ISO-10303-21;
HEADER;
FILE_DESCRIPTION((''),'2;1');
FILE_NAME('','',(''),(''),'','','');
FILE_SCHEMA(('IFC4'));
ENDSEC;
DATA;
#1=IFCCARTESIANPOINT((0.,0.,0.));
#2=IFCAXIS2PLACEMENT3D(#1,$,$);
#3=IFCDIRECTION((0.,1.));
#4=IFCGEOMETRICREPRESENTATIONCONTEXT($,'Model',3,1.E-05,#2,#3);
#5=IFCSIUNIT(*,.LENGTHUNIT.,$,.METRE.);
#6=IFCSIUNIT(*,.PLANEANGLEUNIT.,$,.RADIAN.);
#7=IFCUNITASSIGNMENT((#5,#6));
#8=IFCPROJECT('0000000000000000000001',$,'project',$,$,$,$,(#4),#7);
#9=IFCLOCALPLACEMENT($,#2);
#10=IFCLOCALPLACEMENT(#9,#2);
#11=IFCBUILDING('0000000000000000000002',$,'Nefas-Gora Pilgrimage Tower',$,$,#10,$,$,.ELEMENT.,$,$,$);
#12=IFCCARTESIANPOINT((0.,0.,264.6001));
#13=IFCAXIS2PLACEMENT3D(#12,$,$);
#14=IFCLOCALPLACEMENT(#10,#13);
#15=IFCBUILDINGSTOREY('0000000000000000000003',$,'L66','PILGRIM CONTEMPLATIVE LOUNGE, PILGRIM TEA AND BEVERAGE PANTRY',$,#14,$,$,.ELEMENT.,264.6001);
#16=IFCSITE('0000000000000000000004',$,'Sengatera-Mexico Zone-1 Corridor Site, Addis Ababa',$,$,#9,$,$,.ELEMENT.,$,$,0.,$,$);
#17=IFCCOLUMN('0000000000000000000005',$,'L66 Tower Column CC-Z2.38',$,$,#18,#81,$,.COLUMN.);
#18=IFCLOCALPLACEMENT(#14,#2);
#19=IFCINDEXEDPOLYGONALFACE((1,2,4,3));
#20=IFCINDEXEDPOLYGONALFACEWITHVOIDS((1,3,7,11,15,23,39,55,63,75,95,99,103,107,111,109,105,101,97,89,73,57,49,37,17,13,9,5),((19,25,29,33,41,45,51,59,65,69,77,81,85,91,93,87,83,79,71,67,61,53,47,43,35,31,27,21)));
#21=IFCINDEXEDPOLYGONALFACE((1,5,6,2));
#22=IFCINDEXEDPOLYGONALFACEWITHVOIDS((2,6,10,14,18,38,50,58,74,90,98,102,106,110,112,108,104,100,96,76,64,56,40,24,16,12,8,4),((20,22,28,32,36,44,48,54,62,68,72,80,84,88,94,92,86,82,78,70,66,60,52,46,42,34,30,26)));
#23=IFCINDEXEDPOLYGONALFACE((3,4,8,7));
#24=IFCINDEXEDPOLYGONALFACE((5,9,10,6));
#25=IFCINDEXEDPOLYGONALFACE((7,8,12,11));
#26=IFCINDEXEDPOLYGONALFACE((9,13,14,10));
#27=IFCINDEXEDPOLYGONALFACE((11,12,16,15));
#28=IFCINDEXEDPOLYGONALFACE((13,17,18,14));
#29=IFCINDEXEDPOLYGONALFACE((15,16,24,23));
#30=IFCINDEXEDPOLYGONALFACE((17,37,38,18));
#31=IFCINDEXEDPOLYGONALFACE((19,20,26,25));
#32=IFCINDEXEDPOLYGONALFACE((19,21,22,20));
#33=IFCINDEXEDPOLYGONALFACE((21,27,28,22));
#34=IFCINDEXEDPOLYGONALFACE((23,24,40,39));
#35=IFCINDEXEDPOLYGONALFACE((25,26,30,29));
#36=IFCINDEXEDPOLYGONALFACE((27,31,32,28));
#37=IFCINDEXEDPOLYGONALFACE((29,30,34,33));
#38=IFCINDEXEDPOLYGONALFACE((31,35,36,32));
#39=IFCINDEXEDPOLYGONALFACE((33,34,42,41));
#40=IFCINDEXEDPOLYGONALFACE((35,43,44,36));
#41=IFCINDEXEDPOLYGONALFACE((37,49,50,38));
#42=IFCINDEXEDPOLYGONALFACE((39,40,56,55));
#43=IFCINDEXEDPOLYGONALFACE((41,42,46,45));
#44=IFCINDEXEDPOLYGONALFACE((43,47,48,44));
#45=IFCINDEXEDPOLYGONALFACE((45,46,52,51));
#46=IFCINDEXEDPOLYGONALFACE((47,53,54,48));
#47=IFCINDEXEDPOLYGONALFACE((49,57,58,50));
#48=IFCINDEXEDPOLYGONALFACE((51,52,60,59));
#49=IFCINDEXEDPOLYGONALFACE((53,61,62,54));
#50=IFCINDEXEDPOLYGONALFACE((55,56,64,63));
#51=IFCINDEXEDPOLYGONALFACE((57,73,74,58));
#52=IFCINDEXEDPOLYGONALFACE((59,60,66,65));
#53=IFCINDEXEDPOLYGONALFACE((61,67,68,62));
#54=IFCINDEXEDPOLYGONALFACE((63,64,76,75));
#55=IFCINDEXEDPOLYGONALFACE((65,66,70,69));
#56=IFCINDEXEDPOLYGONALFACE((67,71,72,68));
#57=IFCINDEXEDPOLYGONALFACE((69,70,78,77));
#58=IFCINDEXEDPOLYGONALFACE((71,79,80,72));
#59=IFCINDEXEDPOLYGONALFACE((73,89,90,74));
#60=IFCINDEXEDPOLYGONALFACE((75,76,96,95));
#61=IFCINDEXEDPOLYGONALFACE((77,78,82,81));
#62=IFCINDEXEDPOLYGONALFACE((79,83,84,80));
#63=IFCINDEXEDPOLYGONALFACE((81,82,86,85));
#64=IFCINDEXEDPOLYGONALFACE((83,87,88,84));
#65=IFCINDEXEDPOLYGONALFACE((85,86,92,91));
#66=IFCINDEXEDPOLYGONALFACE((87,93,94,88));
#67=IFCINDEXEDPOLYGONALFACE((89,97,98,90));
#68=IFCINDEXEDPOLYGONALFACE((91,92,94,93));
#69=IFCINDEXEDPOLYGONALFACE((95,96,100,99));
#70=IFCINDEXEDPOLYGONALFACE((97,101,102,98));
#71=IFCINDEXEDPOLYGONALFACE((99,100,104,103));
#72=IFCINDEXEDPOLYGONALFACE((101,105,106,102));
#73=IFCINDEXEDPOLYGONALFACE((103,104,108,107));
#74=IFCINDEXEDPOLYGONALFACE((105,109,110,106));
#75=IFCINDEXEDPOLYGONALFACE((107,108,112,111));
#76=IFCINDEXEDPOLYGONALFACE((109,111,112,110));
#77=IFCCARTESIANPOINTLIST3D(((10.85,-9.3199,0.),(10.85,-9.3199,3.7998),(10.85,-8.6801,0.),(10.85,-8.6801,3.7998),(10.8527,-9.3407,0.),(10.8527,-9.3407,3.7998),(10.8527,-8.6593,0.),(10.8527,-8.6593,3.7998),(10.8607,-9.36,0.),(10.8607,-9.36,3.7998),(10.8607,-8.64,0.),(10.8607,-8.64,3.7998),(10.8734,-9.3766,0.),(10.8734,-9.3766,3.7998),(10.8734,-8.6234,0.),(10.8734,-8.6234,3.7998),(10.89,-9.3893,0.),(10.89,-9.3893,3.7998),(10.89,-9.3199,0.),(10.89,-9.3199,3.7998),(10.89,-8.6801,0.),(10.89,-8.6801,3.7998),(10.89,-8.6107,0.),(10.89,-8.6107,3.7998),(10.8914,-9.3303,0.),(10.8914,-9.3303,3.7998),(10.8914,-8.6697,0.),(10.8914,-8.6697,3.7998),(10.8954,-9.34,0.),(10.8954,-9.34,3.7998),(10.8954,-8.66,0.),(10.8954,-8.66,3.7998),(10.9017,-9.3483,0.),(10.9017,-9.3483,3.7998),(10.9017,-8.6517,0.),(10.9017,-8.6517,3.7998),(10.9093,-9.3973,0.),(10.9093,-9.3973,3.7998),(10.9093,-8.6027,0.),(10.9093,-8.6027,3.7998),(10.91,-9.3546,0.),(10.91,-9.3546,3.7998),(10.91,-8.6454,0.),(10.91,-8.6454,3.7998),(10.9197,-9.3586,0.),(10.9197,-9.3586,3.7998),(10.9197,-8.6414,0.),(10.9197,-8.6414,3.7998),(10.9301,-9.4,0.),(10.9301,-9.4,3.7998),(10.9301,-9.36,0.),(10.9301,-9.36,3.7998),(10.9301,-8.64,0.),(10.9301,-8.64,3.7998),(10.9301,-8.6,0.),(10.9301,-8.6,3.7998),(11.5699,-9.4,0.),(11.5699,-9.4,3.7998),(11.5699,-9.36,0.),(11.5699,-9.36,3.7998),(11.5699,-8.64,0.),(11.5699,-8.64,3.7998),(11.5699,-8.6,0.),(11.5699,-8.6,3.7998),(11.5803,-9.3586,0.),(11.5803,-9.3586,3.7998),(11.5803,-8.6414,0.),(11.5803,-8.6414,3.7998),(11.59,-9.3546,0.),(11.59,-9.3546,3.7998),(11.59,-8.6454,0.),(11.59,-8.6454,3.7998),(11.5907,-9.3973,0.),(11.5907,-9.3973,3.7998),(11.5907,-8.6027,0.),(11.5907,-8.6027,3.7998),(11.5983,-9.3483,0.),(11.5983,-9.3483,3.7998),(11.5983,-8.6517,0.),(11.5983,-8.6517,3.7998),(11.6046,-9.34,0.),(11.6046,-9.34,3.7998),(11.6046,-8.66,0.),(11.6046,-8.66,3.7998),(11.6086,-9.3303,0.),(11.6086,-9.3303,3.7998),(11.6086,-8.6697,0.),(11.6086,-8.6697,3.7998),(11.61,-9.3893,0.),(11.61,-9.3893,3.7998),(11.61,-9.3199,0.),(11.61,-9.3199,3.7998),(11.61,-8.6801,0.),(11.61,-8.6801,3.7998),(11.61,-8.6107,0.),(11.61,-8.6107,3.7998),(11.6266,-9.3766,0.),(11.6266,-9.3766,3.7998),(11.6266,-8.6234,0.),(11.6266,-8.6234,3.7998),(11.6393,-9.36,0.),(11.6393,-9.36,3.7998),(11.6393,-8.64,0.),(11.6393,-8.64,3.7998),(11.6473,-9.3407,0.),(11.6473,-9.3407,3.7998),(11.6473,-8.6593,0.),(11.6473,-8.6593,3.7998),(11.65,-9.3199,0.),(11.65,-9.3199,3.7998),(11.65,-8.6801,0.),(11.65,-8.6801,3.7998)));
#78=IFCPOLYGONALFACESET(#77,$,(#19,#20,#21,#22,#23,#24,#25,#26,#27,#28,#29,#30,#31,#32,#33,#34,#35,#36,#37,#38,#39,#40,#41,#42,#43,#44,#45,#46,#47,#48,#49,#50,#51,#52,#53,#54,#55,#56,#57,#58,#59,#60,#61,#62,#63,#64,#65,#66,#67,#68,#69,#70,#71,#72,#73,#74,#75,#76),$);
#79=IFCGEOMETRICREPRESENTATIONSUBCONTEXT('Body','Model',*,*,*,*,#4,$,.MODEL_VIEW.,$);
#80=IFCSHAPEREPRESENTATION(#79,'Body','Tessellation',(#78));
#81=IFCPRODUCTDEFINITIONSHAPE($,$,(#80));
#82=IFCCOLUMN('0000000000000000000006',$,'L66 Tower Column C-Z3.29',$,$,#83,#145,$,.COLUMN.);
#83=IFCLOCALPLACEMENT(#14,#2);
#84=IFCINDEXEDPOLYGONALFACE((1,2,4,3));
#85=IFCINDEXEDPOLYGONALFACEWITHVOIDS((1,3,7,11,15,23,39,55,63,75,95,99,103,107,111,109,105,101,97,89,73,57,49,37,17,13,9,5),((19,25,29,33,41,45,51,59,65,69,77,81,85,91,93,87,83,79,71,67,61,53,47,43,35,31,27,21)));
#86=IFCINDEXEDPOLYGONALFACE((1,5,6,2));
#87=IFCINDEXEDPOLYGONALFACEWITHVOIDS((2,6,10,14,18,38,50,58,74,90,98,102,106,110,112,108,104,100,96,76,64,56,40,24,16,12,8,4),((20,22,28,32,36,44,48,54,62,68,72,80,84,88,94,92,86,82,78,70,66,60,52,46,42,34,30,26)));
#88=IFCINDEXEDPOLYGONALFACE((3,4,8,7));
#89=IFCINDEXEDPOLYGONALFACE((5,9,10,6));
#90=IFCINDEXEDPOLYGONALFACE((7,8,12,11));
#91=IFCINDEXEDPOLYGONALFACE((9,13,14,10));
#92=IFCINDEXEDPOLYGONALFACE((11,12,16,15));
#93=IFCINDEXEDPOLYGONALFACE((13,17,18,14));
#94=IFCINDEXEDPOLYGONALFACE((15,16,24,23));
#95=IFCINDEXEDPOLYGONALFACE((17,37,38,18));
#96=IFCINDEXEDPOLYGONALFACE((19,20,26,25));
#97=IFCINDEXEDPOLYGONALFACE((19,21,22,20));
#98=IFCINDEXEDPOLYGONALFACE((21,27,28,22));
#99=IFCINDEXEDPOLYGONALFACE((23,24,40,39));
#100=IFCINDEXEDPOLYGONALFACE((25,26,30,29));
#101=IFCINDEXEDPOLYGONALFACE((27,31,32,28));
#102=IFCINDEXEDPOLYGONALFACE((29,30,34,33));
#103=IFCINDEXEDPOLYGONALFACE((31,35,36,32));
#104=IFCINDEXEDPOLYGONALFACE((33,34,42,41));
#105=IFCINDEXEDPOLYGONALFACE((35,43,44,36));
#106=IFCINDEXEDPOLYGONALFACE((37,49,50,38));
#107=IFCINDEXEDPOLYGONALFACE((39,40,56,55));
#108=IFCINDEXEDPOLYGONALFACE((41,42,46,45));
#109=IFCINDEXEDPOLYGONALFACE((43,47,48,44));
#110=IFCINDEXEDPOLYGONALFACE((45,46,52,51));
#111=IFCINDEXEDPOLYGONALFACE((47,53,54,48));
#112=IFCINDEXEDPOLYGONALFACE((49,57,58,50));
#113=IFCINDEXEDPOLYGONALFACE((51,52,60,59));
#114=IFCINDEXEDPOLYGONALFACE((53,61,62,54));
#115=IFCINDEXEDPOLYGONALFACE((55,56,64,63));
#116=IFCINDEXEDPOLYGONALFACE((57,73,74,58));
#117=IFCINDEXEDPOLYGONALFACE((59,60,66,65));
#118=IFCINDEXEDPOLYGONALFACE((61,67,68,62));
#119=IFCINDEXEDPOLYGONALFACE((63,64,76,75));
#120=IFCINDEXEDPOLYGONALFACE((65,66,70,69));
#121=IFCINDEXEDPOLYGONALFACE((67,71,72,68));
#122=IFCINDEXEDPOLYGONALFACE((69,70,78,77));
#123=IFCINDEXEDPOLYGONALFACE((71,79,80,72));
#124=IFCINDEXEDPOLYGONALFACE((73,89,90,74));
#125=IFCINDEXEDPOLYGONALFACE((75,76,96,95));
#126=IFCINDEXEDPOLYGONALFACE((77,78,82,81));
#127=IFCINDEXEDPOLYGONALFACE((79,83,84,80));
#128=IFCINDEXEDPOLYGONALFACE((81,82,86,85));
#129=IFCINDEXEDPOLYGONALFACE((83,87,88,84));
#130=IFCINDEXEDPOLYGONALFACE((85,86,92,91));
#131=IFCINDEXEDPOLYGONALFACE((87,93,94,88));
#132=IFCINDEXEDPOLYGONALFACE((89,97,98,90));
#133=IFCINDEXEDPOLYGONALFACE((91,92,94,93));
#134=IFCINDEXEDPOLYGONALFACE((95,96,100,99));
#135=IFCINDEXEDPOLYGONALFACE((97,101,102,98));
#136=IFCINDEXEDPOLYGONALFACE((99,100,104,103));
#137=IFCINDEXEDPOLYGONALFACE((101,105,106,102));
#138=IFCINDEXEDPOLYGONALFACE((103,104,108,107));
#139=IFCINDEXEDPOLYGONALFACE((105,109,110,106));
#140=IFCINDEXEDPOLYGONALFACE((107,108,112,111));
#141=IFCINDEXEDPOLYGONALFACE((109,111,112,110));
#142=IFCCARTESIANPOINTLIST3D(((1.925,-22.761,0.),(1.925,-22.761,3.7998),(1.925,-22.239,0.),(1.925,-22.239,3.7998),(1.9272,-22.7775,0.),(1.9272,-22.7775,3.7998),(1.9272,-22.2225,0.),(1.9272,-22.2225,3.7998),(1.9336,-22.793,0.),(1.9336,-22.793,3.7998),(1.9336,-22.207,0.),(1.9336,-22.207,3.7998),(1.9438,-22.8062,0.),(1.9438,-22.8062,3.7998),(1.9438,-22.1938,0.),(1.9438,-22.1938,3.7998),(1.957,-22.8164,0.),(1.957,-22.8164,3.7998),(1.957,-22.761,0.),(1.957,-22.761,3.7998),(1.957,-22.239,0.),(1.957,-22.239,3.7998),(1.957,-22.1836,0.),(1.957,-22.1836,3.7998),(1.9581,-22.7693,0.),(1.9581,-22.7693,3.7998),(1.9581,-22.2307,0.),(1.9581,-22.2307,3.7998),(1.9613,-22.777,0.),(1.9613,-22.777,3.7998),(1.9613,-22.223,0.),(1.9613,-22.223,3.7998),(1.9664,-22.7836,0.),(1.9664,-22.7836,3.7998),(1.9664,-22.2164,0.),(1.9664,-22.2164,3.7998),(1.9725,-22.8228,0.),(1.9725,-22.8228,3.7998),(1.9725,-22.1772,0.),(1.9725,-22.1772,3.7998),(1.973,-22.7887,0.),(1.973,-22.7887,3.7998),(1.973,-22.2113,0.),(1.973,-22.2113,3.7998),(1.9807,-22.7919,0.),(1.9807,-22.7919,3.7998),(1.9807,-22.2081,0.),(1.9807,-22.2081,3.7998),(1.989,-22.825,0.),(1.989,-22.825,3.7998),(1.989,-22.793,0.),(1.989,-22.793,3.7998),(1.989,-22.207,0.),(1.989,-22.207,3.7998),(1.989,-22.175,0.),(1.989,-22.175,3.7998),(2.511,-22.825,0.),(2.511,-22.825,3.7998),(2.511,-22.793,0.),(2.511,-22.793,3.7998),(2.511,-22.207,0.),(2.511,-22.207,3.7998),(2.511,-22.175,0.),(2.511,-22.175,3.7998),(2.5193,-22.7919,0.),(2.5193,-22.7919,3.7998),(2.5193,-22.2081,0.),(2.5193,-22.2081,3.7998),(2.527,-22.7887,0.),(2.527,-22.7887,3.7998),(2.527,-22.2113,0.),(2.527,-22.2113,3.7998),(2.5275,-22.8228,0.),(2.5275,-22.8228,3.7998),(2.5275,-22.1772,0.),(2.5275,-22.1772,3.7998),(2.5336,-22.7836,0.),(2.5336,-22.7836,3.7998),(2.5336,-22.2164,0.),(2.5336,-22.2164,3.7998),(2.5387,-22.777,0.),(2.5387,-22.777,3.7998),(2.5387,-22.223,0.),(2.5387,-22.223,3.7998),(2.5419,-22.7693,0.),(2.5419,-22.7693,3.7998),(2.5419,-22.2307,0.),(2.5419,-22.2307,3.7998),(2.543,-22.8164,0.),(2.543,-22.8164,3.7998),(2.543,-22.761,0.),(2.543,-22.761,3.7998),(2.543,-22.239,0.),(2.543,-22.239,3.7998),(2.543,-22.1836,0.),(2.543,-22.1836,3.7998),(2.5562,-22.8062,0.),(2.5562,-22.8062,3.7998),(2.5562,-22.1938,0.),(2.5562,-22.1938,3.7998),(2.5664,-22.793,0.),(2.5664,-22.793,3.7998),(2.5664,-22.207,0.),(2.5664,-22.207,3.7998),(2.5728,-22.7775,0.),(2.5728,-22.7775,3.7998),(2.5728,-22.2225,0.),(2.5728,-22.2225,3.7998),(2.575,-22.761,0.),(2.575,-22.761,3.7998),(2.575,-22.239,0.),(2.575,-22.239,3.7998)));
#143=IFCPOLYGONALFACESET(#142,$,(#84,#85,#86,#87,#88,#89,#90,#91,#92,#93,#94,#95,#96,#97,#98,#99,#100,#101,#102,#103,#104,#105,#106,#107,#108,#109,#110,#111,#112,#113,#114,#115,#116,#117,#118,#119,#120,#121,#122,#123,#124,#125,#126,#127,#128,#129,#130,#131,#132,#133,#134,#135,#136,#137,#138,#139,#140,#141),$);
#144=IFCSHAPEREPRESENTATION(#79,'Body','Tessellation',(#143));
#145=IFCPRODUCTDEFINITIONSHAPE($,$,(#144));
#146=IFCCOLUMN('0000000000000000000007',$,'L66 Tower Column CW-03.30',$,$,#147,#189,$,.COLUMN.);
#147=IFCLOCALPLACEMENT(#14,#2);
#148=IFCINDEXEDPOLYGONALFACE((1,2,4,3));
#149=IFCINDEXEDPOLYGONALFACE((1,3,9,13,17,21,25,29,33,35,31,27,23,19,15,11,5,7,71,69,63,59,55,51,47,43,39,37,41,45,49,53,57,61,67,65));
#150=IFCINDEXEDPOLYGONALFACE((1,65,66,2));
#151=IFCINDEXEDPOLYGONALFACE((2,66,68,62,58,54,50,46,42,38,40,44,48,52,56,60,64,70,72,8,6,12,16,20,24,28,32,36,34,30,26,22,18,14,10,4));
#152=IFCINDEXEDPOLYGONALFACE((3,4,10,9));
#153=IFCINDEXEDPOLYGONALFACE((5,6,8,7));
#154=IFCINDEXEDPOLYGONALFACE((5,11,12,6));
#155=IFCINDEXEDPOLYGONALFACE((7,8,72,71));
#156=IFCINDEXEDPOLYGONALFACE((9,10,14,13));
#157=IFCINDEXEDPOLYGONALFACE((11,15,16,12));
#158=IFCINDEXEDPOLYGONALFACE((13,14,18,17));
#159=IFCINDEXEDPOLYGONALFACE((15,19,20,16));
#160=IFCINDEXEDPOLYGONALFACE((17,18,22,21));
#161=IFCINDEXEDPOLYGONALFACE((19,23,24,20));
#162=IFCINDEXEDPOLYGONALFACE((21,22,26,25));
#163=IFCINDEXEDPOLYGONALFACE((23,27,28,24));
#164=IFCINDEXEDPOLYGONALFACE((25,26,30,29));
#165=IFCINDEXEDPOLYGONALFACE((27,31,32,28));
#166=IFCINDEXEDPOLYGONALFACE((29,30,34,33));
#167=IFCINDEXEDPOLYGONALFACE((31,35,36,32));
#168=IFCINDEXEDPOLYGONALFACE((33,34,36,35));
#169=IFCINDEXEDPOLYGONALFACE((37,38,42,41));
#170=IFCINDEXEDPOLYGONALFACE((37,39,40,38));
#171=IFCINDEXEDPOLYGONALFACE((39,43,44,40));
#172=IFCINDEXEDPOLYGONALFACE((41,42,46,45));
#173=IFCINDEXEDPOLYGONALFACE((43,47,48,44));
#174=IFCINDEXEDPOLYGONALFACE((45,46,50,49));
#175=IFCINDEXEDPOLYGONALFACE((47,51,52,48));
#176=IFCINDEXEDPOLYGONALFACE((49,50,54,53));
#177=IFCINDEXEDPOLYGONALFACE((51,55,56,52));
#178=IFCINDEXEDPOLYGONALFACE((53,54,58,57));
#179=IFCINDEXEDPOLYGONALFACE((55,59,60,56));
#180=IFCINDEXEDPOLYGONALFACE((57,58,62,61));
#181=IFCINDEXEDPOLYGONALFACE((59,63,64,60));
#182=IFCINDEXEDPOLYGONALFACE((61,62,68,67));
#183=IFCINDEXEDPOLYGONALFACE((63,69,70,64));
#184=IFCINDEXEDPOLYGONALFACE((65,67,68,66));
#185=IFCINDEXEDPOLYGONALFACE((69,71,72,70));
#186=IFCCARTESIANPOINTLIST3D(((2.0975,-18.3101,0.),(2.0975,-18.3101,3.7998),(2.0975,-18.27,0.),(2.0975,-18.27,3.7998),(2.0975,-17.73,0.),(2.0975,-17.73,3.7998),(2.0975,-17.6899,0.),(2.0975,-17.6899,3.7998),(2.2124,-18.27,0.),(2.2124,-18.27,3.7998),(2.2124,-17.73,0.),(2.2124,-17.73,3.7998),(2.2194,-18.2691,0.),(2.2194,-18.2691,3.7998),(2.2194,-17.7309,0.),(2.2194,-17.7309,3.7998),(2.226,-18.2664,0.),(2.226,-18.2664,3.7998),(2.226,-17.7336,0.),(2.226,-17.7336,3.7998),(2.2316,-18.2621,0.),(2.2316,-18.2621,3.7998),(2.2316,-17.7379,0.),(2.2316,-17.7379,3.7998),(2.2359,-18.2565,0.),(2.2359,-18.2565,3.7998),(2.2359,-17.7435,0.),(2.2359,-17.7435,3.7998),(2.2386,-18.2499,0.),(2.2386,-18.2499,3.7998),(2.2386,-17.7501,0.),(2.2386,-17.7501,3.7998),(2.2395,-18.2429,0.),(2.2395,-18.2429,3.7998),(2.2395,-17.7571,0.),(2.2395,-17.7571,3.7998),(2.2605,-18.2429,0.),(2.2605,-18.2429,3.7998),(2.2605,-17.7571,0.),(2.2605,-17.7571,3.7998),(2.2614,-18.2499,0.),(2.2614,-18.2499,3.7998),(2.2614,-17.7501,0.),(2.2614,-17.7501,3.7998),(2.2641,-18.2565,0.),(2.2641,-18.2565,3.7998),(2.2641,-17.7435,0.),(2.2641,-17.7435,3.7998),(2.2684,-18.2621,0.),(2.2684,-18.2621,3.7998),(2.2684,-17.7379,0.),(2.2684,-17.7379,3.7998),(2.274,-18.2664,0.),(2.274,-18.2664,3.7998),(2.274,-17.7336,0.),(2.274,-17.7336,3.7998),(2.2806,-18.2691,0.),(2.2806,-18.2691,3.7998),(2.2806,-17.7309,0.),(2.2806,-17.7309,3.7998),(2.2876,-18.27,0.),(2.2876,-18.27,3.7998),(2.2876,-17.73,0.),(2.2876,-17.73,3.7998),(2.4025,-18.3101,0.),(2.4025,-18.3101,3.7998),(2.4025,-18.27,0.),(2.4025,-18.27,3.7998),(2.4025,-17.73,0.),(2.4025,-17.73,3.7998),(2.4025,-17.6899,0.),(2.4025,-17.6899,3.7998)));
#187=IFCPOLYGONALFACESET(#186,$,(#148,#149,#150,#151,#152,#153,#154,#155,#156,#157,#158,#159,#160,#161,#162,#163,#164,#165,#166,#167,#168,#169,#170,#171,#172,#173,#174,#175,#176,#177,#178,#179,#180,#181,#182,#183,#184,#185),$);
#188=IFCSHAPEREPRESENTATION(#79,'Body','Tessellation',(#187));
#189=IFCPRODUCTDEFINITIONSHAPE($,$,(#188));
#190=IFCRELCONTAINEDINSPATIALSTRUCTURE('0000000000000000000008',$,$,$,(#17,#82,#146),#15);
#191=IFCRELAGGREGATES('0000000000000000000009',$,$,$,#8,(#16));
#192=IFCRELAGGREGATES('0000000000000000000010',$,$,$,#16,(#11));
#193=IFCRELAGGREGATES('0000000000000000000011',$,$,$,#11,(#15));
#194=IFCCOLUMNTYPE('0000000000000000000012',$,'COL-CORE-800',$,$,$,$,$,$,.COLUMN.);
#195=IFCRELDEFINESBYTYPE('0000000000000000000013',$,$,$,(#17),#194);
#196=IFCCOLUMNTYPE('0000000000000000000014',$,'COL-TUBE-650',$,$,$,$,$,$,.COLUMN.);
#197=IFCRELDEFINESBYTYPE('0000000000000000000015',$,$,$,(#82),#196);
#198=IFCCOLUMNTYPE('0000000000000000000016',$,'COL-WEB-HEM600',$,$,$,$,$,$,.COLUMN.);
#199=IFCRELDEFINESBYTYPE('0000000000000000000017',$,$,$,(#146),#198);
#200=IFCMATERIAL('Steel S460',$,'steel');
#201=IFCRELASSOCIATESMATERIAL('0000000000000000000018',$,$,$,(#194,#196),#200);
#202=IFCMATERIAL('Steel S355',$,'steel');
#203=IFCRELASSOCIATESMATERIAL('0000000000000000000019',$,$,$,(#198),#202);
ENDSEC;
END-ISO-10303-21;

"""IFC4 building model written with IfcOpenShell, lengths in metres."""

from ifc_helpers import new_model, si_unit, direction, frame, origin, origin_2d, place, context, subcontext, project, spatial, hollow_rectangle, i_section, extrude, source, transform, mapped, material, material_profile, profile_set, type_object, element, save


model = new_model("IFC4")

# Units and contexts
model_context = context("Model", 3, precision=1e-05, world=origin(), true_north=direction((0.0, 1.0)))
body_context = subcontext(model_context, "Body", "Model", "MODEL_VIEW")
ifc_project = project(units=[si_unit("LENGTHUNIT", "METRE"), si_unit("PLANEANGLEUNIT", "RADIAN")], contexts=[model_context])

# Site, building, storey
site_placement = place(None, origin())
site = spatial("IfcSite", under=ifc_project, at=site_placement, Name="Sengatera-Mexico Zone-1 Corridor Site, Addis Ababa", CompositionType="ELEMENT", RefElevation=0.0)
building_placement = place(site_placement, origin())
building = spatial("IfcBuilding", under=site, at=building_placement, Name="Nefas-Gora Pilgrimage Tower", CompositionType="ELEMENT")
storey_placement = place(building_placement, frame((0.0, 0.0, 264.6001)))
storey = spatial("IfcBuildingStorey", under=building, at=storey_placement, Name="L66", Description="PILGRIM CONTEMPLATIVE LOUNGE, PILGRIM TEA AND BEVERAGE PANTRY", CompositionType="ELEMENT", Elevation=264.6001)

# Columns
ifc_material_1 = material(Name="Steel S460", Category="steel")
ifc_material_profile_1 = material_profile(ifc_material_1, hollow_rectangle(XDim=0.8, YDim=0.8, WallThickness=0.04, InnerFilletRadius=0.04, OuterFilletRadius=0.0801, at=origin_2d()), Name="BOX 800x800x40")
ifc_profile_set_1 = profile_set([ifc_material_profile_1], Name="Steel S460")
column_type_1 = type_object("IfcColumnType", Name="COL-CORE-800", PredefinedType="COLUMN", material=ifc_profile_set_1)
shared_shape_1 = source(origin(), body_context, "Body", "SweptSolid", [
    extrude(hollow_rectangle(XDim=0.8, YDim=0.8, WallThickness=0.04, InnerFilletRadius=0.04, OuterFilletRadius=0.0801, at=origin_2d()), origin(), (0.0, 0.0, 1.0), 3.7998),
])
column_1_placement = place(storey_placement, frame((11.25, -9.0, 0.0), z_axis=(0.0, 0.0, 1.0), x_axis=(1.0, 0.0, 0.0)))
element("IfcColumn", 1, at=column_1_placement, inside=storey, type_object=column_type_1, Name="L66 Tower Column CC-Z2.38", PredefinedType="COLUMN", context=body_context, shape_type="MappedRepresentation", body=[
    mapped(shared_shape_1, transform((0.0, 0.0, 0.0), x_axis=(1.0, 0.0, 0.0), y_axis=(0.0, 1.0, 0.0), z_axis=(0.0, 0.0, 1.0), scale=1.0)),
])
ifc_material_profile_2 = material_profile(ifc_material_1, hollow_rectangle(XDim=0.6499, YDim=0.6499, WallThickness=0.032, InnerFilletRadius=0.032, OuterFilletRadius=0.064, at=origin_2d()), Name="BOX 650x650x32")
ifc_profile_set_2 = profile_set([ifc_material_profile_2], Name="Steel S460")
column_type_2 = type_object("IfcColumnType", Name="COL-TUBE-650", PredefinedType="COLUMN", material=ifc_profile_set_2)
shared_shape_2 = source(origin(), body_context, "Body", "SweptSolid", [
    extrude(hollow_rectangle(XDim=0.6499, YDim=0.6499, WallThickness=0.032, InnerFilletRadius=0.032, OuterFilletRadius=0.064, at=origin_2d()), origin(), (0.0, 0.0, 1.0), 3.7998),
])
column_2_placement = place(storey_placement, frame((2.25, -22.5, 0.0), z_axis=(0.0, 0.0, 1.0), x_axis=(1.0, 0.0, 0.0)))
element("IfcColumn", 2, at=column_2_placement, inside=storey, type_object=column_type_2, Name="L66 Tower Column C-Z3.29", PredefinedType="COLUMN", context=body_context, shape_type="MappedRepresentation", body=[
    mapped(shared_shape_2, transform((0.0, 0.0, 0.0), x_axis=(1.0, 0.0, 0.0), y_axis=(0.0, 1.0, 0.0), z_axis=(0.0, 0.0, 1.0), scale=1.0)),
])
ifc_material_2 = material(Name="Steel S355", Category="steel")
ifc_material_profile_3 = material_profile(ifc_material_2, i_section(OverallWidth=0.3049, OverallDepth=0.6201, WebThickness=0.021, FlangeThickness=0.04, FilletRadius=0.0271, at=origin_2d()), Name="HEM 600")
ifc_profile_set_3 = profile_set([ifc_material_profile_3], Name="Steel S355")
column_type_3 = type_object("IfcColumnType", Name="COL-WEB-HEM600", PredefinedType="COLUMN", material=ifc_profile_set_3)
shared_shape_3 = source(origin(), body_context, "Body", "SweptSolid", [
    extrude(i_section(OverallWidth=0.3049, OverallDepth=0.6201, WebThickness=0.021, FlangeThickness=0.04, FilletRadius=0.0271, at=origin_2d()), origin(), (0.0, 0.0, 1.0), 3.7998),
])
for number, where, z_axis, x_axis, name in (
    (3, (2.25, -18.0, 0.0), (0.0, 0.0, 1.0), (1.0, 0.0, 0.0), "L66 Tower Column CW-03.30"),
):
    element("IfcColumn", number, at=place(storey_placement, frame(where, z_axis=z_axis, x_axis=x_axis)), inside=storey, type_object=column_type_3, Name=name, PredefinedType="COLUMN", context=body_context, shape_type="MappedRepresentation", body=[
        mapped(shared_shape_3, transform((0.0, 0.0, 0.0), x_axis=(1.0, 0.0, 0.0), y_axis=(0.0, 1.0, 0.0), z_axis=(0.0, 0.0, 1.0), scale=1.0)),
    ])

save(model, "model.ifc")
